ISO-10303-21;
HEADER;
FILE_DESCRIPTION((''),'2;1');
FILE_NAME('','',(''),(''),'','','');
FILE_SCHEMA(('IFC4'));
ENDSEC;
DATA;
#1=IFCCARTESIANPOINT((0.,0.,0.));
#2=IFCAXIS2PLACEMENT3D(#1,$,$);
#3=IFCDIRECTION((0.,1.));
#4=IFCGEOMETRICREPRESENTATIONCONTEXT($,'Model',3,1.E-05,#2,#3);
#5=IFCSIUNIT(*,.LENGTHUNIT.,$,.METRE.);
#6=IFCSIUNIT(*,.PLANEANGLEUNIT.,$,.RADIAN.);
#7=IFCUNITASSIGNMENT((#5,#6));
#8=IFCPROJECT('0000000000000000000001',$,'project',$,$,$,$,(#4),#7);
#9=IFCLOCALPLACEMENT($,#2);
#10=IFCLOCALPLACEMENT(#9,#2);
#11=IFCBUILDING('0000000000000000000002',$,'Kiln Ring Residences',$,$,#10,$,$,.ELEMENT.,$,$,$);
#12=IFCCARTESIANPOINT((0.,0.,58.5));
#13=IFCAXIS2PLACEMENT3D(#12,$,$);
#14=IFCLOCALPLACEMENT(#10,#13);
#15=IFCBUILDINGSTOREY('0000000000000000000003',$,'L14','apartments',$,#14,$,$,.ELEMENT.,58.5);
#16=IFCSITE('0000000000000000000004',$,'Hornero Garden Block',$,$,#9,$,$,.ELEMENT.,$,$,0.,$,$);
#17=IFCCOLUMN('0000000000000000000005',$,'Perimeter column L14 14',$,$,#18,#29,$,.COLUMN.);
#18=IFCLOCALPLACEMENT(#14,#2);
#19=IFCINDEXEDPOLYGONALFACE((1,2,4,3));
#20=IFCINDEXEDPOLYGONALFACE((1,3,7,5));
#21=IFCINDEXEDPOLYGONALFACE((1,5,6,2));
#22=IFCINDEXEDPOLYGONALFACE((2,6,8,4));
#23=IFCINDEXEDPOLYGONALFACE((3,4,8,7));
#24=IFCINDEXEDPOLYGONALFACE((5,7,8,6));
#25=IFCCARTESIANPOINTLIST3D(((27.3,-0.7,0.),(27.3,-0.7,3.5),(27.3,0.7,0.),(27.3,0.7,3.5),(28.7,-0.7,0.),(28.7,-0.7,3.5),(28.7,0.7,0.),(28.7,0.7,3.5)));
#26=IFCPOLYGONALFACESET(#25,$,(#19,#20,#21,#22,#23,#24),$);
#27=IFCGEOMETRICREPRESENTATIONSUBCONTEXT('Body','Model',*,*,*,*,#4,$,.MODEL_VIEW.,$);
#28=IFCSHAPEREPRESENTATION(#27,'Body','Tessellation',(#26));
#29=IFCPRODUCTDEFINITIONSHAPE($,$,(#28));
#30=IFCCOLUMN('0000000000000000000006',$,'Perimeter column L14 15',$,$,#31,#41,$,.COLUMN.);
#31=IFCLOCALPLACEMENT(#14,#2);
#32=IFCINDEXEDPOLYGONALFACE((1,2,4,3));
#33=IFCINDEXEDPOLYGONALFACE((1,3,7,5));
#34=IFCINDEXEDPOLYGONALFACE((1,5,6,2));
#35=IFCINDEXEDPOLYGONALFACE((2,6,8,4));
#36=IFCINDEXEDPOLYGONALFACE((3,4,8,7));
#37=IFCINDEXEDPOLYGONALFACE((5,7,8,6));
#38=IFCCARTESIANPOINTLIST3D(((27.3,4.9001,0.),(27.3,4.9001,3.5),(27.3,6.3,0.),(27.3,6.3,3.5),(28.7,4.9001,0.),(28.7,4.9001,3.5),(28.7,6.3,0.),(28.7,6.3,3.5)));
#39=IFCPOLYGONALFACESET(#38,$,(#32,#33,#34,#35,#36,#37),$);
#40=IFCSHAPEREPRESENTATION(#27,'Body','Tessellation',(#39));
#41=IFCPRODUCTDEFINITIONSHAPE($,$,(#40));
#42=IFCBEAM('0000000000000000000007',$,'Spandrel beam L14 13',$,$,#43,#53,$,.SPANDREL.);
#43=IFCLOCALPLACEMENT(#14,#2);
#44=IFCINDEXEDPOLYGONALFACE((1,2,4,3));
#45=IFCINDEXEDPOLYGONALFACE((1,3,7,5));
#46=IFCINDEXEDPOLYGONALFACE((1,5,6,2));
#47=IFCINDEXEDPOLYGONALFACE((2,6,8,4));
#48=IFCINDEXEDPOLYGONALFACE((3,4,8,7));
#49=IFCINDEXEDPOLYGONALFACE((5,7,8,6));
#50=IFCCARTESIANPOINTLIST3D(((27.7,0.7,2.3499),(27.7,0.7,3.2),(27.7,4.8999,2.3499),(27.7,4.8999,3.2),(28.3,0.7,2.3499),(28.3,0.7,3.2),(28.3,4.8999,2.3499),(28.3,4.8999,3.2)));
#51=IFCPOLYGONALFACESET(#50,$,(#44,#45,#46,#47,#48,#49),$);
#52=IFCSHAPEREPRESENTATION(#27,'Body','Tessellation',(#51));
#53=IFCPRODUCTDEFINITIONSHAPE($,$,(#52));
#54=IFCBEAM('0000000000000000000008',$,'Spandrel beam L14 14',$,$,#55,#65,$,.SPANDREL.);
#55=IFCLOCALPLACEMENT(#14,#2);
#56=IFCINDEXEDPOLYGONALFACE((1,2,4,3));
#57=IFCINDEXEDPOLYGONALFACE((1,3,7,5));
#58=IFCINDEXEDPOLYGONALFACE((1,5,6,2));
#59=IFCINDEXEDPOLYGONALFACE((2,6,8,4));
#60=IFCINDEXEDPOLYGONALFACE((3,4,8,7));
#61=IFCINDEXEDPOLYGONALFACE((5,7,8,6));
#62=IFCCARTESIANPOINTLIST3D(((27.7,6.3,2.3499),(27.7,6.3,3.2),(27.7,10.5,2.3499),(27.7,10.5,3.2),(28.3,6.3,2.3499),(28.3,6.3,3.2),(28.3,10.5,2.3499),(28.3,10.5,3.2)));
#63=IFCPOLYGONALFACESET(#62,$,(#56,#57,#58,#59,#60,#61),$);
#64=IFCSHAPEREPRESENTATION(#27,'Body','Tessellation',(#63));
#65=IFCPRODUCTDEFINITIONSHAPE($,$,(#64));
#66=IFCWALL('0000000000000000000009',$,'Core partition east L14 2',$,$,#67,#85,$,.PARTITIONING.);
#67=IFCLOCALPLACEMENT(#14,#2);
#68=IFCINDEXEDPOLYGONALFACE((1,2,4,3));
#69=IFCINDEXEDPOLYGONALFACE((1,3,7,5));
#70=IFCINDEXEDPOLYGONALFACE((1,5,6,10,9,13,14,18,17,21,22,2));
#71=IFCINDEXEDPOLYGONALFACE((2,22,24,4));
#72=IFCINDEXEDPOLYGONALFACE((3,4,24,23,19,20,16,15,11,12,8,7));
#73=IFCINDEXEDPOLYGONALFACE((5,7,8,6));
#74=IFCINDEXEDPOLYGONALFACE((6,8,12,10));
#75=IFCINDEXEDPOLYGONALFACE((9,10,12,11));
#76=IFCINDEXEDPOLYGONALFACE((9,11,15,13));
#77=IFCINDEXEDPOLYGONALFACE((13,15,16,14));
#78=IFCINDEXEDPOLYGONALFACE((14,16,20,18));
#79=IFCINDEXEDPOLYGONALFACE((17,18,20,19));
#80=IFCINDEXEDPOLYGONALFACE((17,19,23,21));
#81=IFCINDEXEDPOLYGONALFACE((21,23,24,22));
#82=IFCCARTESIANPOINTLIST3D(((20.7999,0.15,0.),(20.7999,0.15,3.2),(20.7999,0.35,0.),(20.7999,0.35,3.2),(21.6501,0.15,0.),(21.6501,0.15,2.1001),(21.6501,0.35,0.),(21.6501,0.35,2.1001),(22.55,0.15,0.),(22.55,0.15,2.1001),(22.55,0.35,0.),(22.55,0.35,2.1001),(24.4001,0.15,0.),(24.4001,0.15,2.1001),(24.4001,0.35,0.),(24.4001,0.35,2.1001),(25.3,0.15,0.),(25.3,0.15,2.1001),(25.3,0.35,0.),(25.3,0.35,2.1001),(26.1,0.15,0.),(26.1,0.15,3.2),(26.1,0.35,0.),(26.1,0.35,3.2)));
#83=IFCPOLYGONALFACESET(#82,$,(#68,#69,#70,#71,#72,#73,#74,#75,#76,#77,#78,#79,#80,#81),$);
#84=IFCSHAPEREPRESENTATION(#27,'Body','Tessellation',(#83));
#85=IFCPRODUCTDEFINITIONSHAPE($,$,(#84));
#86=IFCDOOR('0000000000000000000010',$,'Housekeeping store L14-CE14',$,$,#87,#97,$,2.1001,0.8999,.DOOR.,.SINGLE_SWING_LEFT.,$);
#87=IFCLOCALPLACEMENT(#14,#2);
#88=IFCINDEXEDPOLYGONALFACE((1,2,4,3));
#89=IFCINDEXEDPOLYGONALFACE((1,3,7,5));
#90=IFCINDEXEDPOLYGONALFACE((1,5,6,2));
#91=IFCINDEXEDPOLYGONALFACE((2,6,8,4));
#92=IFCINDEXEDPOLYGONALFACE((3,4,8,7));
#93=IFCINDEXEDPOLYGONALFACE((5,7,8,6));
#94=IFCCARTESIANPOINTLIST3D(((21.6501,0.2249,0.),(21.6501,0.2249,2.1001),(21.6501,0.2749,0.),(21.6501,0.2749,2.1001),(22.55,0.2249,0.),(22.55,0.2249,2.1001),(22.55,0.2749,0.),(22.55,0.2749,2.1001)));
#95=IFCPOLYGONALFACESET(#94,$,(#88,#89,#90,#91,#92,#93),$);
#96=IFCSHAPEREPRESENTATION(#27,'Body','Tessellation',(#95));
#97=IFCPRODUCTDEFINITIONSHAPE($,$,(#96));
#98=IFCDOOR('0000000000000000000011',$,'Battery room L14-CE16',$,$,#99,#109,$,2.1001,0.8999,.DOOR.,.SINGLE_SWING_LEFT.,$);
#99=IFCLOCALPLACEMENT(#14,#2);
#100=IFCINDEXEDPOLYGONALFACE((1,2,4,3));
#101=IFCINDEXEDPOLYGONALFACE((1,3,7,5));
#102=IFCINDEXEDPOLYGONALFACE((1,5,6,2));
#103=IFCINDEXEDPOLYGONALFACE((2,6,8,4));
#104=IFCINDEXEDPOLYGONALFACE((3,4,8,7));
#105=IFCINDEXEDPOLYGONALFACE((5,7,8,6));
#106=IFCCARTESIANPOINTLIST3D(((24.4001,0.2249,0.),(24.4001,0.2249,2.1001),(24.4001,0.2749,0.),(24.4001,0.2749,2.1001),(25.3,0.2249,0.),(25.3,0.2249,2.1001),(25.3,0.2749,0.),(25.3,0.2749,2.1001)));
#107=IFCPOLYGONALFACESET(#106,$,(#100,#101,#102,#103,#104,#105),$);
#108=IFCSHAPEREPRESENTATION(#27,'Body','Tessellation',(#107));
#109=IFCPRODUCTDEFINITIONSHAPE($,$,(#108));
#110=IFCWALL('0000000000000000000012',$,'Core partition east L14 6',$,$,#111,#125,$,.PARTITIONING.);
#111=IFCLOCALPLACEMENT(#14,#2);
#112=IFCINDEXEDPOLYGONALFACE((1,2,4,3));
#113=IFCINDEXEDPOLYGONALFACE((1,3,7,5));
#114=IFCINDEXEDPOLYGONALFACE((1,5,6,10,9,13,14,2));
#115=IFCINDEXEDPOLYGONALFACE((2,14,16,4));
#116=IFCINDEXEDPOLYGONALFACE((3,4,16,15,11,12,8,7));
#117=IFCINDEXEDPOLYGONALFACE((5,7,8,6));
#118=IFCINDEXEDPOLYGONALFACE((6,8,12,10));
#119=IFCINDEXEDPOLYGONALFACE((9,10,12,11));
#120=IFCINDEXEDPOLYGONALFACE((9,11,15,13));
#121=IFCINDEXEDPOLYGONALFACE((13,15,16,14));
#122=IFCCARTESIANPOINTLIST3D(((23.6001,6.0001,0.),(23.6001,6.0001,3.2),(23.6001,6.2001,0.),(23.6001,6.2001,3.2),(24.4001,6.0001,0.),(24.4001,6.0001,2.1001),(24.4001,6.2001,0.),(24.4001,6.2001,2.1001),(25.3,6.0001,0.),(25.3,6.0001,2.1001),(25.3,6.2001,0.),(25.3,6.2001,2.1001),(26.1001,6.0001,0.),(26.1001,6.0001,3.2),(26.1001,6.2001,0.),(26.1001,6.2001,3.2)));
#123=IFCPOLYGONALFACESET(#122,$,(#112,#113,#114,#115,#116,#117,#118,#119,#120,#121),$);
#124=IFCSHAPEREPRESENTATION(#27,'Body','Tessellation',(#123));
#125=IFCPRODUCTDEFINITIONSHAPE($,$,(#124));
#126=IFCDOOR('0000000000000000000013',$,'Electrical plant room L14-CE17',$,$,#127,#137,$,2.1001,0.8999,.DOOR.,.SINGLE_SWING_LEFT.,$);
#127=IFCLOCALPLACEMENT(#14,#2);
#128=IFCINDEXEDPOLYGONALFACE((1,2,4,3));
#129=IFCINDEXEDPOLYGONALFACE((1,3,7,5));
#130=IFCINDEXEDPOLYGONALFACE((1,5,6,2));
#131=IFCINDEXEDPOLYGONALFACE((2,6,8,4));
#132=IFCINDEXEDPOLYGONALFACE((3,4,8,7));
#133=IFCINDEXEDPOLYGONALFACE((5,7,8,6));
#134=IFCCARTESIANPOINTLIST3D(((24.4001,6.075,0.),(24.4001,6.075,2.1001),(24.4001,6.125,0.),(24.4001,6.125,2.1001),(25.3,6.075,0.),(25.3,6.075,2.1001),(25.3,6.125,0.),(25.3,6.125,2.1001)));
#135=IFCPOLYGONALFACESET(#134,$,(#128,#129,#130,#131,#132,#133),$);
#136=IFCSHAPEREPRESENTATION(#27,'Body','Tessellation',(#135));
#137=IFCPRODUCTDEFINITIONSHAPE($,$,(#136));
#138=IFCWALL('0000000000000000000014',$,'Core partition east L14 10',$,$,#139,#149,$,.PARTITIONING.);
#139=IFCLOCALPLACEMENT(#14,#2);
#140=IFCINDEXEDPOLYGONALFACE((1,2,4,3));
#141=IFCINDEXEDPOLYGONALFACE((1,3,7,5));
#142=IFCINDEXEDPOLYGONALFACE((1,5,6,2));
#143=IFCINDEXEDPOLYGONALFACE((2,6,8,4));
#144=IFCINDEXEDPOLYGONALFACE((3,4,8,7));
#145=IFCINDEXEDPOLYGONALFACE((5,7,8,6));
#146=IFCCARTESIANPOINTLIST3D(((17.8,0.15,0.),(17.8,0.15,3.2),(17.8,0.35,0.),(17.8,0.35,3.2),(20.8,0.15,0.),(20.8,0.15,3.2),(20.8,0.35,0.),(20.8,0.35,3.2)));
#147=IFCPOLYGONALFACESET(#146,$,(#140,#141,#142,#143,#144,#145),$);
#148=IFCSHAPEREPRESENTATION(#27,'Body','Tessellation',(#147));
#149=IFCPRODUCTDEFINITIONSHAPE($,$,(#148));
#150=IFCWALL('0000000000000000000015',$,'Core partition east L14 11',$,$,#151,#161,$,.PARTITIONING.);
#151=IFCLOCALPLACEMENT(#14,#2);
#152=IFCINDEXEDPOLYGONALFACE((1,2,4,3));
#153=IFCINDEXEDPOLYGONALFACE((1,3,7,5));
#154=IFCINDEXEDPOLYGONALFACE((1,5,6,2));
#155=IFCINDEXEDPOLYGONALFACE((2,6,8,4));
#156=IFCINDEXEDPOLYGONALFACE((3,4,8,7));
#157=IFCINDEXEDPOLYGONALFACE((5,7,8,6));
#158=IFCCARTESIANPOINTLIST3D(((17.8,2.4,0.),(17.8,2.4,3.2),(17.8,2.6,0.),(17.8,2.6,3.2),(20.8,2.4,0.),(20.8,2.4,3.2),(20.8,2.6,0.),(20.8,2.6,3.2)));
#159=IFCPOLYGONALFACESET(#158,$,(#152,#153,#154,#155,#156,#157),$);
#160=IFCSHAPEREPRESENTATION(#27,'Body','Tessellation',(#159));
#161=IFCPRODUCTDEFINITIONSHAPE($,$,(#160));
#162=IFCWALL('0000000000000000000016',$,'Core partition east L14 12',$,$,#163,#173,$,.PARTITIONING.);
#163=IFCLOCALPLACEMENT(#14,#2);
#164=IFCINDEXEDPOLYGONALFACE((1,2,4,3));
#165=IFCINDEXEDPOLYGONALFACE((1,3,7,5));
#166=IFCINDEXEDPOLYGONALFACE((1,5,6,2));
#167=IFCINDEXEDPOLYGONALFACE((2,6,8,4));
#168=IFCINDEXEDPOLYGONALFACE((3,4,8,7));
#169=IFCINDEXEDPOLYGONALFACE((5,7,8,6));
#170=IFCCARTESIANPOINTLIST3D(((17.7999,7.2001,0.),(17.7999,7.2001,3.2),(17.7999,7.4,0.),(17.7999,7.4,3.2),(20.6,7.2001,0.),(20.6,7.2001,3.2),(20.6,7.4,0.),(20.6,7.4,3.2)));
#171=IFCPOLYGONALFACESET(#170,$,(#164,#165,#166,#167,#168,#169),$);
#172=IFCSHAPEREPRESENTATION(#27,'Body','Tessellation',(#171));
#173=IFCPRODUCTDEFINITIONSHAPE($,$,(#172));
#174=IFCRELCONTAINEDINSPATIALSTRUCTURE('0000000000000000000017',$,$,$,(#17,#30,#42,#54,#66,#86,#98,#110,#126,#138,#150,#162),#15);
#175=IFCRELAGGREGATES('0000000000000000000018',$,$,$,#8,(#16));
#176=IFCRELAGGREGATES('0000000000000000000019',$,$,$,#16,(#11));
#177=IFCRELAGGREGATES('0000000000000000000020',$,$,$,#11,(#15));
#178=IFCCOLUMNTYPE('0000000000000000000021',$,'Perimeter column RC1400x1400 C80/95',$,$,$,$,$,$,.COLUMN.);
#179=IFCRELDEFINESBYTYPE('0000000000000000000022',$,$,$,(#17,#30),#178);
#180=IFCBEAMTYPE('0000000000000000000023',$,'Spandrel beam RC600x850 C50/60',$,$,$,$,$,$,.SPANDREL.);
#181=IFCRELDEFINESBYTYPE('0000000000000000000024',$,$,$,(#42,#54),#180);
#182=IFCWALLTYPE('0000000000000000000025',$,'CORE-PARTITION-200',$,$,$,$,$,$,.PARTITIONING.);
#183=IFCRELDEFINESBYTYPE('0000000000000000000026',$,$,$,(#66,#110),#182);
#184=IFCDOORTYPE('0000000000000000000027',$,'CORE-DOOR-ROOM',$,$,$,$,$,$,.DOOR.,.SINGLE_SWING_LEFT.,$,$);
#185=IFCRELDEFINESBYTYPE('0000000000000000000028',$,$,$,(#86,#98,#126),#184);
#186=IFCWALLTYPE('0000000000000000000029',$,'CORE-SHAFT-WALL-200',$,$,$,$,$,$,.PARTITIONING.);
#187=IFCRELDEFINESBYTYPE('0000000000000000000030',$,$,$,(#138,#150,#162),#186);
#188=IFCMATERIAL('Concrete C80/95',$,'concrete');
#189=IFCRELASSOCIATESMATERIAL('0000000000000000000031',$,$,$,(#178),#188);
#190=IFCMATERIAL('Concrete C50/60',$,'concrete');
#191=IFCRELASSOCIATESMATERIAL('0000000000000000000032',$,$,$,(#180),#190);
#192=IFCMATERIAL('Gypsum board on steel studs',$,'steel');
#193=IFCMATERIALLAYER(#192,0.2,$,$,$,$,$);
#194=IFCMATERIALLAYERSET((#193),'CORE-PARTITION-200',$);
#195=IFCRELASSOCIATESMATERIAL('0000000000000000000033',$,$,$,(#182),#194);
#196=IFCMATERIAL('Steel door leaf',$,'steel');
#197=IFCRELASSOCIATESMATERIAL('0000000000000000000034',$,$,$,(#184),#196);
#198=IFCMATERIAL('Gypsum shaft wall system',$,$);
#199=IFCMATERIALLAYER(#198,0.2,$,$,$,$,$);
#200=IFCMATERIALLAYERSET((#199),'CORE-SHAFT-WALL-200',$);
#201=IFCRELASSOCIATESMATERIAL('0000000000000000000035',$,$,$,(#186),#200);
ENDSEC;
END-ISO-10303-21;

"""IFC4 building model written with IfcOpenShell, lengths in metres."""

from ifc_helpers import new_model, si_unit, direction, frame, frame_2d, origin, origin_2d, place, context, subcontext, project, spatial, rectangle, extrude, material, layer, layer_set, material_profile, profile_set, type_object, element, fill, save


model = new_model("IFC4")

# Units and contexts
model_context = context("Model", 3, precision=1e-05, world=origin(), true_north=direction((0.0, 1.0)))
body_context = subcontext(model_context, "Body", "Model", "MODEL_VIEW")
ifc_project = project(units=[si_unit("LENGTHUNIT", "METRE"), si_unit("PLANEANGLEUNIT", "RADIAN")], contexts=[model_context])

# Site, building, storey
site_placement = place(None, origin())
site = spatial("IfcSite", under=ifc_project, at=site_placement, Name="Hornero Garden Block", CompositionType="ELEMENT", RefElevation=0.0)
building_placement = place(site_placement, origin())
building = spatial("IfcBuilding", under=site, at=building_placement, Name="Kiln Ring Residences", CompositionType="ELEMENT")
storey_placement = place(building_placement, frame((0.0, 0.0, 58.5)))
storey = spatial("IfcBuildingStorey", under=building, at=storey_placement, Name="L14", Description="apartments", CompositionType="ELEMENT", Elevation=58.5)

# Columns
ifc_material_1 = material(Name="Concrete C80/95", Category="concrete")
ifc_material_profile_1 = material_profile(ifc_material_1, rectangle(XDim=1.3999, YDim=1.3999, at=origin_2d()), Name="RC1400x1400")
ifc_profile_set_1 = profile_set([ifc_material_profile_1], Name="Concrete C80/95")
column_type = type_object("IfcColumnType", Name="Perimeter column RC1400x1400 C80/95", PredefinedType="COLUMN", material=ifc_profile_set_1)
for number, where, z_axis, x_axis, name in (
    (1, (28.0, 0.0, 0.0), (0.0, 0.0, 1.0), (1.0, 0.0, 0.0), "Perimeter column L14 14"),
    (2, (28.0, 5.6001, 0.0), (0.0, 0.0, 1.0), (1.0, 0.0, 0.0), "Perimeter column L14 15"),
):
    element("IfcColumn", number, at=place(storey_placement, frame(where, z_axis=z_axis, x_axis=x_axis)), inside=storey, type_object=column_type, Name=name, PredefinedType="COLUMN", context=body_context, shape_type="SweptSolid", body=[
        extrude(rectangle(XDim=1.3999, YDim=1.3999, at=origin_2d()), origin(), (0.0, 0.0, 1.0), 3.5),
    ])

# Beams
ifc_material_2 = material(Name="Concrete C50/60", Category="concrete")
ifc_material_profile_2 = material_profile(ifc_material_2, rectangle(XDim=0.6001, YDim=0.8501, at=origin_2d()), Name="RC600x850")
ifc_profile_set_2 = profile_set([ifc_material_profile_2], Name="Concrete C50/60")
beam_type = type_object("IfcBeamType", Name="Spandrel beam RC600x850 C50/60", PredefinedType="SPANDREL", material=ifc_profile_set_2)
for number, where, z_axis, x_axis, name in (
    (3, (28.0, 0.7, 2.7749), (0.0, 1.0, 0.0), (-1.0, 0.0, 0.0), "Spandrel beam L14 13"),
    (4, (28.0, 6.3, 2.7749), (0.0, 1.0, 0.0), (-1.0, 0.0, 0.0), "Spandrel beam L14 14"),
):
    element("IfcBeam", number, at=place(storey_placement, frame(where, z_axis=z_axis, x_axis=x_axis)), inside=storey, type_object=beam_type, Name=name, PredefinedType="SPANDREL", context=body_context, shape_type="SweptSolid", body=[
        extrude(rectangle(XDim=0.6001, YDim=0.8501, at=origin_2d()), origin(), (0.0, 0.0, 1.0), 4.2),
    ])

# Wall, openings, doors
ifc_material_3 = material(Name="Gypsum board on steel studs", Category="steel")
ifc_layer_1 = layer(ifc_material_3, 0.2)
ifc_layer_set_1 = layer_set([ifc_layer_1], Name="CORE-PARTITION-200")
wall_type_1 = type_object("IfcWallType", Name="CORE-PARTITION-200", PredefinedType="PARTITIONING", material=ifc_layer_set_1)
wall_1_placement = place(storey_placement, frame((20.8, 0.25, 0.0), z_axis=(0.0, 0.0, 1.0), x_axis=(1.0, 0.0, 0.0)))
wall_1 = element("IfcWall", 5, at=wall_1_placement, inside=storey, type_object=wall_type_1, Name="Core partition east L14 2", PredefinedType="PARTITIONING", context=body_context, shape_type="SweptSolid", body=[
    extrude(rectangle(XDim=5.3, YDim=0.2, at=frame_2d((2.6499, 0.0))), origin(), (0.0, 0.0, 1.0), 3.2),
])
opening_1_placement = place(wall_1_placement, frame((0.8501, 0.0, 0.0)))
opening_1 = element("IfcOpeningElement", 6, at=opening_1_placement, cuts=wall_1, PredefinedType="OPENING", context=body_context, shape_type="SweptSolid", body=[
    extrude(rectangle(XDim=0.8999, YDim=2.1001, at=frame_2d((0.45, 1.05))), frame((0.0, 0.1099, 0.0), z_axis=(0.0, -1.0, 0.0), x_axis=(1.0, 0.0, 0.0)), (0.0, 0.0, 1.0), 0.22),
])
opening_2_placement = place(wall_1_placement, frame((3.6001, 0.0, 0.0)))
opening_2 = element("IfcOpeningElement", 7, at=opening_2_placement, cuts=wall_1, PredefinedType="OPENING", context=body_context, shape_type="SweptSolid", body=[
    extrude(rectangle(XDim=0.8999, YDim=2.1001, at=frame_2d((0.45, 1.05))), frame((0.0, 0.1099, 0.0), z_axis=(0.0, -1.0, 0.0), x_axis=(1.0, 0.0, 0.0)), (0.0, 0.0, 1.0), 0.22),
])
ifc_material_4 = material(Name="Steel door leaf", Category="steel")
door_type = type_object("IfcDoorType", Name="CORE-DOOR-ROOM", OperationType="SINGLE_SWING_LEFT", PredefinedType="DOOR", material=ifc_material_4)
door_1_placement = place(opening_1_placement, origin())
door_1 = element("IfcDoor", 8, at=door_1_placement, inside=storey, type_object=door_type, Name="Housekeeping store L14-CE14", OperationType="SINGLE_SWING_LEFT", OverallHeight=2.1001, OverallWidth=0.8999, PredefinedType="DOOR", context=body_context, shape_type="SweptSolid", body=[
    extrude(rectangle(XDim=0.8999, YDim=2.1001, at=frame_2d((0.45, 1.05))), frame((0.0, 0.0249, 0.0), z_axis=(0.0, -1.0, 0.0), x_axis=(1.0, 0.0, 0.0)), (0.0, 0.0, 1.0), 0.05),
])
fill(opening_1, door_1)
door_2_placement = place(opening_2_placement, origin())
door_2 = element("IfcDoor", 9, at=door_2_placement, inside=storey, type_object=door_type, Name="Battery room L14-CE16", OperationType="SINGLE_SWING_LEFT", OverallHeight=2.1001, OverallWidth=0.8999, PredefinedType="DOOR", context=body_context, shape_type="SweptSolid", body=[
    extrude(rectangle(XDim=0.8999, YDim=2.1001, at=frame_2d((0.45, 1.05))), frame((0.0, 0.0249, 0.0), z_axis=(0.0, -1.0, 0.0), x_axis=(1.0, 0.0, 0.0)), (0.0, 0.0, 1.0), 0.05),
])
fill(opening_2, door_2)

# Wall, opening, door
wall_2_placement = place(storey_placement, frame((23.6001, 6.1001, 0.0), z_axis=(0.0, 0.0, 1.0), x_axis=(1.0, 0.0, 0.0)))
wall_2 = element("IfcWall", 10, at=wall_2_placement, inside=storey, type_object=wall_type_1, Name="Core partition east L14 6", PredefinedType="PARTITIONING", context=body_context, shape_type="SweptSolid", body=[
    extrude(rectangle(XDim=2.5, YDim=0.2, at=frame_2d((1.25, 0.0))), origin(), (0.0, 0.0, 1.0), 3.2),
])
opening_3_placement = place(wall_2_placement, frame((0.8, 0.0, 0.0)))
opening_3 = element("IfcOpeningElement", 11, at=opening_3_placement, cuts=wall_2, PredefinedType="OPENING", context=body_context, shape_type="SweptSolid", body=[
    extrude(rectangle(XDim=0.8999, YDim=2.1001, at=frame_2d((0.45, 1.05))), frame((0.0, 0.1099, 0.0), z_axis=(0.0, -1.0, 0.0), x_axis=(1.0, 0.0, 0.0)), (0.0, 0.0, 1.0), 0.22),
])
door_3_placement = place(opening_3_placement, origin())
door_3 = element("IfcDoor", 12, at=door_3_placement, inside=storey, type_object=door_type, Name="Electrical plant room L14-CE17", OperationType="SINGLE_SWING_LEFT", OverallHeight=2.1001, OverallWidth=0.8999, PredefinedType="DOOR", context=body_context, shape_type="SweptSolid", body=[
    extrude(rectangle(XDim=0.8999, YDim=2.1001, at=frame_2d((0.45, 1.05))), frame((0.0, 0.0249, 0.0), z_axis=(0.0, -1.0, 0.0), x_axis=(1.0, 0.0, 0.0)), (0.0, 0.0, 1.0), 0.05),
])
fill(opening_3, door_3)

# Walls
ifc_material_5 = material(Name="Gypsum shaft wall system")
ifc_layer_2 = layer(ifc_material_5, 0.2)
ifc_layer_set_2 = layer_set([ifc_layer_2], Name="CORE-SHAFT-WALL-200")
wall_type_2 = type_object("IfcWallType", Name="CORE-SHAFT-WALL-200", PredefinedType="PARTITIONING", material=ifc_layer_set_2)
for number, where, z_axis, x_axis, name in (
    (13, (17.8, 0.25, 0.0), (0.0, 0.0, 1.0), (1.0, 0.0, 0.0), "Core partition east L14 10"),
    (14, (17.8, 2.5, 0.0), (0.0, 0.0, 1.0), (1.0, 0.0, 0.0), "Core partition east L14 11"),
):
    element("IfcWall", number, at=place(storey_placement, frame(where, z_axis=z_axis, x_axis=x_axis)), inside=storey, type_object=wall_type_2, Name=name, PredefinedType="PARTITIONING", context=body_context, shape_type="SweptSolid", body=[
        extrude(rectangle(XDim=3.0, YDim=0.2, at=frame_2d((1.5, 0.0))), origin(), (0.0, 0.0, 1.0), 3.2),
    ])
wall_3_placement = place(storey_placement, frame((17.8, 7.3, 0.0), z_axis=(0.0, 0.0, 1.0), x_axis=(1.0, 0.0, 0.0)))
element("IfcWall", 15, at=wall_3_placement, inside=storey, type_object=wall_type_2, Name="Core partition east L14 12", PredefinedType="PARTITIONING", context=body_context, shape_type="SweptSolid", body=[
    extrude(rectangle(XDim=2.8, YDim=0.2, at=frame_2d((1.3999, 0.0))), origin(), (0.0, 0.0, 1.0), 3.2),
])

save(model, "model.ifc")
